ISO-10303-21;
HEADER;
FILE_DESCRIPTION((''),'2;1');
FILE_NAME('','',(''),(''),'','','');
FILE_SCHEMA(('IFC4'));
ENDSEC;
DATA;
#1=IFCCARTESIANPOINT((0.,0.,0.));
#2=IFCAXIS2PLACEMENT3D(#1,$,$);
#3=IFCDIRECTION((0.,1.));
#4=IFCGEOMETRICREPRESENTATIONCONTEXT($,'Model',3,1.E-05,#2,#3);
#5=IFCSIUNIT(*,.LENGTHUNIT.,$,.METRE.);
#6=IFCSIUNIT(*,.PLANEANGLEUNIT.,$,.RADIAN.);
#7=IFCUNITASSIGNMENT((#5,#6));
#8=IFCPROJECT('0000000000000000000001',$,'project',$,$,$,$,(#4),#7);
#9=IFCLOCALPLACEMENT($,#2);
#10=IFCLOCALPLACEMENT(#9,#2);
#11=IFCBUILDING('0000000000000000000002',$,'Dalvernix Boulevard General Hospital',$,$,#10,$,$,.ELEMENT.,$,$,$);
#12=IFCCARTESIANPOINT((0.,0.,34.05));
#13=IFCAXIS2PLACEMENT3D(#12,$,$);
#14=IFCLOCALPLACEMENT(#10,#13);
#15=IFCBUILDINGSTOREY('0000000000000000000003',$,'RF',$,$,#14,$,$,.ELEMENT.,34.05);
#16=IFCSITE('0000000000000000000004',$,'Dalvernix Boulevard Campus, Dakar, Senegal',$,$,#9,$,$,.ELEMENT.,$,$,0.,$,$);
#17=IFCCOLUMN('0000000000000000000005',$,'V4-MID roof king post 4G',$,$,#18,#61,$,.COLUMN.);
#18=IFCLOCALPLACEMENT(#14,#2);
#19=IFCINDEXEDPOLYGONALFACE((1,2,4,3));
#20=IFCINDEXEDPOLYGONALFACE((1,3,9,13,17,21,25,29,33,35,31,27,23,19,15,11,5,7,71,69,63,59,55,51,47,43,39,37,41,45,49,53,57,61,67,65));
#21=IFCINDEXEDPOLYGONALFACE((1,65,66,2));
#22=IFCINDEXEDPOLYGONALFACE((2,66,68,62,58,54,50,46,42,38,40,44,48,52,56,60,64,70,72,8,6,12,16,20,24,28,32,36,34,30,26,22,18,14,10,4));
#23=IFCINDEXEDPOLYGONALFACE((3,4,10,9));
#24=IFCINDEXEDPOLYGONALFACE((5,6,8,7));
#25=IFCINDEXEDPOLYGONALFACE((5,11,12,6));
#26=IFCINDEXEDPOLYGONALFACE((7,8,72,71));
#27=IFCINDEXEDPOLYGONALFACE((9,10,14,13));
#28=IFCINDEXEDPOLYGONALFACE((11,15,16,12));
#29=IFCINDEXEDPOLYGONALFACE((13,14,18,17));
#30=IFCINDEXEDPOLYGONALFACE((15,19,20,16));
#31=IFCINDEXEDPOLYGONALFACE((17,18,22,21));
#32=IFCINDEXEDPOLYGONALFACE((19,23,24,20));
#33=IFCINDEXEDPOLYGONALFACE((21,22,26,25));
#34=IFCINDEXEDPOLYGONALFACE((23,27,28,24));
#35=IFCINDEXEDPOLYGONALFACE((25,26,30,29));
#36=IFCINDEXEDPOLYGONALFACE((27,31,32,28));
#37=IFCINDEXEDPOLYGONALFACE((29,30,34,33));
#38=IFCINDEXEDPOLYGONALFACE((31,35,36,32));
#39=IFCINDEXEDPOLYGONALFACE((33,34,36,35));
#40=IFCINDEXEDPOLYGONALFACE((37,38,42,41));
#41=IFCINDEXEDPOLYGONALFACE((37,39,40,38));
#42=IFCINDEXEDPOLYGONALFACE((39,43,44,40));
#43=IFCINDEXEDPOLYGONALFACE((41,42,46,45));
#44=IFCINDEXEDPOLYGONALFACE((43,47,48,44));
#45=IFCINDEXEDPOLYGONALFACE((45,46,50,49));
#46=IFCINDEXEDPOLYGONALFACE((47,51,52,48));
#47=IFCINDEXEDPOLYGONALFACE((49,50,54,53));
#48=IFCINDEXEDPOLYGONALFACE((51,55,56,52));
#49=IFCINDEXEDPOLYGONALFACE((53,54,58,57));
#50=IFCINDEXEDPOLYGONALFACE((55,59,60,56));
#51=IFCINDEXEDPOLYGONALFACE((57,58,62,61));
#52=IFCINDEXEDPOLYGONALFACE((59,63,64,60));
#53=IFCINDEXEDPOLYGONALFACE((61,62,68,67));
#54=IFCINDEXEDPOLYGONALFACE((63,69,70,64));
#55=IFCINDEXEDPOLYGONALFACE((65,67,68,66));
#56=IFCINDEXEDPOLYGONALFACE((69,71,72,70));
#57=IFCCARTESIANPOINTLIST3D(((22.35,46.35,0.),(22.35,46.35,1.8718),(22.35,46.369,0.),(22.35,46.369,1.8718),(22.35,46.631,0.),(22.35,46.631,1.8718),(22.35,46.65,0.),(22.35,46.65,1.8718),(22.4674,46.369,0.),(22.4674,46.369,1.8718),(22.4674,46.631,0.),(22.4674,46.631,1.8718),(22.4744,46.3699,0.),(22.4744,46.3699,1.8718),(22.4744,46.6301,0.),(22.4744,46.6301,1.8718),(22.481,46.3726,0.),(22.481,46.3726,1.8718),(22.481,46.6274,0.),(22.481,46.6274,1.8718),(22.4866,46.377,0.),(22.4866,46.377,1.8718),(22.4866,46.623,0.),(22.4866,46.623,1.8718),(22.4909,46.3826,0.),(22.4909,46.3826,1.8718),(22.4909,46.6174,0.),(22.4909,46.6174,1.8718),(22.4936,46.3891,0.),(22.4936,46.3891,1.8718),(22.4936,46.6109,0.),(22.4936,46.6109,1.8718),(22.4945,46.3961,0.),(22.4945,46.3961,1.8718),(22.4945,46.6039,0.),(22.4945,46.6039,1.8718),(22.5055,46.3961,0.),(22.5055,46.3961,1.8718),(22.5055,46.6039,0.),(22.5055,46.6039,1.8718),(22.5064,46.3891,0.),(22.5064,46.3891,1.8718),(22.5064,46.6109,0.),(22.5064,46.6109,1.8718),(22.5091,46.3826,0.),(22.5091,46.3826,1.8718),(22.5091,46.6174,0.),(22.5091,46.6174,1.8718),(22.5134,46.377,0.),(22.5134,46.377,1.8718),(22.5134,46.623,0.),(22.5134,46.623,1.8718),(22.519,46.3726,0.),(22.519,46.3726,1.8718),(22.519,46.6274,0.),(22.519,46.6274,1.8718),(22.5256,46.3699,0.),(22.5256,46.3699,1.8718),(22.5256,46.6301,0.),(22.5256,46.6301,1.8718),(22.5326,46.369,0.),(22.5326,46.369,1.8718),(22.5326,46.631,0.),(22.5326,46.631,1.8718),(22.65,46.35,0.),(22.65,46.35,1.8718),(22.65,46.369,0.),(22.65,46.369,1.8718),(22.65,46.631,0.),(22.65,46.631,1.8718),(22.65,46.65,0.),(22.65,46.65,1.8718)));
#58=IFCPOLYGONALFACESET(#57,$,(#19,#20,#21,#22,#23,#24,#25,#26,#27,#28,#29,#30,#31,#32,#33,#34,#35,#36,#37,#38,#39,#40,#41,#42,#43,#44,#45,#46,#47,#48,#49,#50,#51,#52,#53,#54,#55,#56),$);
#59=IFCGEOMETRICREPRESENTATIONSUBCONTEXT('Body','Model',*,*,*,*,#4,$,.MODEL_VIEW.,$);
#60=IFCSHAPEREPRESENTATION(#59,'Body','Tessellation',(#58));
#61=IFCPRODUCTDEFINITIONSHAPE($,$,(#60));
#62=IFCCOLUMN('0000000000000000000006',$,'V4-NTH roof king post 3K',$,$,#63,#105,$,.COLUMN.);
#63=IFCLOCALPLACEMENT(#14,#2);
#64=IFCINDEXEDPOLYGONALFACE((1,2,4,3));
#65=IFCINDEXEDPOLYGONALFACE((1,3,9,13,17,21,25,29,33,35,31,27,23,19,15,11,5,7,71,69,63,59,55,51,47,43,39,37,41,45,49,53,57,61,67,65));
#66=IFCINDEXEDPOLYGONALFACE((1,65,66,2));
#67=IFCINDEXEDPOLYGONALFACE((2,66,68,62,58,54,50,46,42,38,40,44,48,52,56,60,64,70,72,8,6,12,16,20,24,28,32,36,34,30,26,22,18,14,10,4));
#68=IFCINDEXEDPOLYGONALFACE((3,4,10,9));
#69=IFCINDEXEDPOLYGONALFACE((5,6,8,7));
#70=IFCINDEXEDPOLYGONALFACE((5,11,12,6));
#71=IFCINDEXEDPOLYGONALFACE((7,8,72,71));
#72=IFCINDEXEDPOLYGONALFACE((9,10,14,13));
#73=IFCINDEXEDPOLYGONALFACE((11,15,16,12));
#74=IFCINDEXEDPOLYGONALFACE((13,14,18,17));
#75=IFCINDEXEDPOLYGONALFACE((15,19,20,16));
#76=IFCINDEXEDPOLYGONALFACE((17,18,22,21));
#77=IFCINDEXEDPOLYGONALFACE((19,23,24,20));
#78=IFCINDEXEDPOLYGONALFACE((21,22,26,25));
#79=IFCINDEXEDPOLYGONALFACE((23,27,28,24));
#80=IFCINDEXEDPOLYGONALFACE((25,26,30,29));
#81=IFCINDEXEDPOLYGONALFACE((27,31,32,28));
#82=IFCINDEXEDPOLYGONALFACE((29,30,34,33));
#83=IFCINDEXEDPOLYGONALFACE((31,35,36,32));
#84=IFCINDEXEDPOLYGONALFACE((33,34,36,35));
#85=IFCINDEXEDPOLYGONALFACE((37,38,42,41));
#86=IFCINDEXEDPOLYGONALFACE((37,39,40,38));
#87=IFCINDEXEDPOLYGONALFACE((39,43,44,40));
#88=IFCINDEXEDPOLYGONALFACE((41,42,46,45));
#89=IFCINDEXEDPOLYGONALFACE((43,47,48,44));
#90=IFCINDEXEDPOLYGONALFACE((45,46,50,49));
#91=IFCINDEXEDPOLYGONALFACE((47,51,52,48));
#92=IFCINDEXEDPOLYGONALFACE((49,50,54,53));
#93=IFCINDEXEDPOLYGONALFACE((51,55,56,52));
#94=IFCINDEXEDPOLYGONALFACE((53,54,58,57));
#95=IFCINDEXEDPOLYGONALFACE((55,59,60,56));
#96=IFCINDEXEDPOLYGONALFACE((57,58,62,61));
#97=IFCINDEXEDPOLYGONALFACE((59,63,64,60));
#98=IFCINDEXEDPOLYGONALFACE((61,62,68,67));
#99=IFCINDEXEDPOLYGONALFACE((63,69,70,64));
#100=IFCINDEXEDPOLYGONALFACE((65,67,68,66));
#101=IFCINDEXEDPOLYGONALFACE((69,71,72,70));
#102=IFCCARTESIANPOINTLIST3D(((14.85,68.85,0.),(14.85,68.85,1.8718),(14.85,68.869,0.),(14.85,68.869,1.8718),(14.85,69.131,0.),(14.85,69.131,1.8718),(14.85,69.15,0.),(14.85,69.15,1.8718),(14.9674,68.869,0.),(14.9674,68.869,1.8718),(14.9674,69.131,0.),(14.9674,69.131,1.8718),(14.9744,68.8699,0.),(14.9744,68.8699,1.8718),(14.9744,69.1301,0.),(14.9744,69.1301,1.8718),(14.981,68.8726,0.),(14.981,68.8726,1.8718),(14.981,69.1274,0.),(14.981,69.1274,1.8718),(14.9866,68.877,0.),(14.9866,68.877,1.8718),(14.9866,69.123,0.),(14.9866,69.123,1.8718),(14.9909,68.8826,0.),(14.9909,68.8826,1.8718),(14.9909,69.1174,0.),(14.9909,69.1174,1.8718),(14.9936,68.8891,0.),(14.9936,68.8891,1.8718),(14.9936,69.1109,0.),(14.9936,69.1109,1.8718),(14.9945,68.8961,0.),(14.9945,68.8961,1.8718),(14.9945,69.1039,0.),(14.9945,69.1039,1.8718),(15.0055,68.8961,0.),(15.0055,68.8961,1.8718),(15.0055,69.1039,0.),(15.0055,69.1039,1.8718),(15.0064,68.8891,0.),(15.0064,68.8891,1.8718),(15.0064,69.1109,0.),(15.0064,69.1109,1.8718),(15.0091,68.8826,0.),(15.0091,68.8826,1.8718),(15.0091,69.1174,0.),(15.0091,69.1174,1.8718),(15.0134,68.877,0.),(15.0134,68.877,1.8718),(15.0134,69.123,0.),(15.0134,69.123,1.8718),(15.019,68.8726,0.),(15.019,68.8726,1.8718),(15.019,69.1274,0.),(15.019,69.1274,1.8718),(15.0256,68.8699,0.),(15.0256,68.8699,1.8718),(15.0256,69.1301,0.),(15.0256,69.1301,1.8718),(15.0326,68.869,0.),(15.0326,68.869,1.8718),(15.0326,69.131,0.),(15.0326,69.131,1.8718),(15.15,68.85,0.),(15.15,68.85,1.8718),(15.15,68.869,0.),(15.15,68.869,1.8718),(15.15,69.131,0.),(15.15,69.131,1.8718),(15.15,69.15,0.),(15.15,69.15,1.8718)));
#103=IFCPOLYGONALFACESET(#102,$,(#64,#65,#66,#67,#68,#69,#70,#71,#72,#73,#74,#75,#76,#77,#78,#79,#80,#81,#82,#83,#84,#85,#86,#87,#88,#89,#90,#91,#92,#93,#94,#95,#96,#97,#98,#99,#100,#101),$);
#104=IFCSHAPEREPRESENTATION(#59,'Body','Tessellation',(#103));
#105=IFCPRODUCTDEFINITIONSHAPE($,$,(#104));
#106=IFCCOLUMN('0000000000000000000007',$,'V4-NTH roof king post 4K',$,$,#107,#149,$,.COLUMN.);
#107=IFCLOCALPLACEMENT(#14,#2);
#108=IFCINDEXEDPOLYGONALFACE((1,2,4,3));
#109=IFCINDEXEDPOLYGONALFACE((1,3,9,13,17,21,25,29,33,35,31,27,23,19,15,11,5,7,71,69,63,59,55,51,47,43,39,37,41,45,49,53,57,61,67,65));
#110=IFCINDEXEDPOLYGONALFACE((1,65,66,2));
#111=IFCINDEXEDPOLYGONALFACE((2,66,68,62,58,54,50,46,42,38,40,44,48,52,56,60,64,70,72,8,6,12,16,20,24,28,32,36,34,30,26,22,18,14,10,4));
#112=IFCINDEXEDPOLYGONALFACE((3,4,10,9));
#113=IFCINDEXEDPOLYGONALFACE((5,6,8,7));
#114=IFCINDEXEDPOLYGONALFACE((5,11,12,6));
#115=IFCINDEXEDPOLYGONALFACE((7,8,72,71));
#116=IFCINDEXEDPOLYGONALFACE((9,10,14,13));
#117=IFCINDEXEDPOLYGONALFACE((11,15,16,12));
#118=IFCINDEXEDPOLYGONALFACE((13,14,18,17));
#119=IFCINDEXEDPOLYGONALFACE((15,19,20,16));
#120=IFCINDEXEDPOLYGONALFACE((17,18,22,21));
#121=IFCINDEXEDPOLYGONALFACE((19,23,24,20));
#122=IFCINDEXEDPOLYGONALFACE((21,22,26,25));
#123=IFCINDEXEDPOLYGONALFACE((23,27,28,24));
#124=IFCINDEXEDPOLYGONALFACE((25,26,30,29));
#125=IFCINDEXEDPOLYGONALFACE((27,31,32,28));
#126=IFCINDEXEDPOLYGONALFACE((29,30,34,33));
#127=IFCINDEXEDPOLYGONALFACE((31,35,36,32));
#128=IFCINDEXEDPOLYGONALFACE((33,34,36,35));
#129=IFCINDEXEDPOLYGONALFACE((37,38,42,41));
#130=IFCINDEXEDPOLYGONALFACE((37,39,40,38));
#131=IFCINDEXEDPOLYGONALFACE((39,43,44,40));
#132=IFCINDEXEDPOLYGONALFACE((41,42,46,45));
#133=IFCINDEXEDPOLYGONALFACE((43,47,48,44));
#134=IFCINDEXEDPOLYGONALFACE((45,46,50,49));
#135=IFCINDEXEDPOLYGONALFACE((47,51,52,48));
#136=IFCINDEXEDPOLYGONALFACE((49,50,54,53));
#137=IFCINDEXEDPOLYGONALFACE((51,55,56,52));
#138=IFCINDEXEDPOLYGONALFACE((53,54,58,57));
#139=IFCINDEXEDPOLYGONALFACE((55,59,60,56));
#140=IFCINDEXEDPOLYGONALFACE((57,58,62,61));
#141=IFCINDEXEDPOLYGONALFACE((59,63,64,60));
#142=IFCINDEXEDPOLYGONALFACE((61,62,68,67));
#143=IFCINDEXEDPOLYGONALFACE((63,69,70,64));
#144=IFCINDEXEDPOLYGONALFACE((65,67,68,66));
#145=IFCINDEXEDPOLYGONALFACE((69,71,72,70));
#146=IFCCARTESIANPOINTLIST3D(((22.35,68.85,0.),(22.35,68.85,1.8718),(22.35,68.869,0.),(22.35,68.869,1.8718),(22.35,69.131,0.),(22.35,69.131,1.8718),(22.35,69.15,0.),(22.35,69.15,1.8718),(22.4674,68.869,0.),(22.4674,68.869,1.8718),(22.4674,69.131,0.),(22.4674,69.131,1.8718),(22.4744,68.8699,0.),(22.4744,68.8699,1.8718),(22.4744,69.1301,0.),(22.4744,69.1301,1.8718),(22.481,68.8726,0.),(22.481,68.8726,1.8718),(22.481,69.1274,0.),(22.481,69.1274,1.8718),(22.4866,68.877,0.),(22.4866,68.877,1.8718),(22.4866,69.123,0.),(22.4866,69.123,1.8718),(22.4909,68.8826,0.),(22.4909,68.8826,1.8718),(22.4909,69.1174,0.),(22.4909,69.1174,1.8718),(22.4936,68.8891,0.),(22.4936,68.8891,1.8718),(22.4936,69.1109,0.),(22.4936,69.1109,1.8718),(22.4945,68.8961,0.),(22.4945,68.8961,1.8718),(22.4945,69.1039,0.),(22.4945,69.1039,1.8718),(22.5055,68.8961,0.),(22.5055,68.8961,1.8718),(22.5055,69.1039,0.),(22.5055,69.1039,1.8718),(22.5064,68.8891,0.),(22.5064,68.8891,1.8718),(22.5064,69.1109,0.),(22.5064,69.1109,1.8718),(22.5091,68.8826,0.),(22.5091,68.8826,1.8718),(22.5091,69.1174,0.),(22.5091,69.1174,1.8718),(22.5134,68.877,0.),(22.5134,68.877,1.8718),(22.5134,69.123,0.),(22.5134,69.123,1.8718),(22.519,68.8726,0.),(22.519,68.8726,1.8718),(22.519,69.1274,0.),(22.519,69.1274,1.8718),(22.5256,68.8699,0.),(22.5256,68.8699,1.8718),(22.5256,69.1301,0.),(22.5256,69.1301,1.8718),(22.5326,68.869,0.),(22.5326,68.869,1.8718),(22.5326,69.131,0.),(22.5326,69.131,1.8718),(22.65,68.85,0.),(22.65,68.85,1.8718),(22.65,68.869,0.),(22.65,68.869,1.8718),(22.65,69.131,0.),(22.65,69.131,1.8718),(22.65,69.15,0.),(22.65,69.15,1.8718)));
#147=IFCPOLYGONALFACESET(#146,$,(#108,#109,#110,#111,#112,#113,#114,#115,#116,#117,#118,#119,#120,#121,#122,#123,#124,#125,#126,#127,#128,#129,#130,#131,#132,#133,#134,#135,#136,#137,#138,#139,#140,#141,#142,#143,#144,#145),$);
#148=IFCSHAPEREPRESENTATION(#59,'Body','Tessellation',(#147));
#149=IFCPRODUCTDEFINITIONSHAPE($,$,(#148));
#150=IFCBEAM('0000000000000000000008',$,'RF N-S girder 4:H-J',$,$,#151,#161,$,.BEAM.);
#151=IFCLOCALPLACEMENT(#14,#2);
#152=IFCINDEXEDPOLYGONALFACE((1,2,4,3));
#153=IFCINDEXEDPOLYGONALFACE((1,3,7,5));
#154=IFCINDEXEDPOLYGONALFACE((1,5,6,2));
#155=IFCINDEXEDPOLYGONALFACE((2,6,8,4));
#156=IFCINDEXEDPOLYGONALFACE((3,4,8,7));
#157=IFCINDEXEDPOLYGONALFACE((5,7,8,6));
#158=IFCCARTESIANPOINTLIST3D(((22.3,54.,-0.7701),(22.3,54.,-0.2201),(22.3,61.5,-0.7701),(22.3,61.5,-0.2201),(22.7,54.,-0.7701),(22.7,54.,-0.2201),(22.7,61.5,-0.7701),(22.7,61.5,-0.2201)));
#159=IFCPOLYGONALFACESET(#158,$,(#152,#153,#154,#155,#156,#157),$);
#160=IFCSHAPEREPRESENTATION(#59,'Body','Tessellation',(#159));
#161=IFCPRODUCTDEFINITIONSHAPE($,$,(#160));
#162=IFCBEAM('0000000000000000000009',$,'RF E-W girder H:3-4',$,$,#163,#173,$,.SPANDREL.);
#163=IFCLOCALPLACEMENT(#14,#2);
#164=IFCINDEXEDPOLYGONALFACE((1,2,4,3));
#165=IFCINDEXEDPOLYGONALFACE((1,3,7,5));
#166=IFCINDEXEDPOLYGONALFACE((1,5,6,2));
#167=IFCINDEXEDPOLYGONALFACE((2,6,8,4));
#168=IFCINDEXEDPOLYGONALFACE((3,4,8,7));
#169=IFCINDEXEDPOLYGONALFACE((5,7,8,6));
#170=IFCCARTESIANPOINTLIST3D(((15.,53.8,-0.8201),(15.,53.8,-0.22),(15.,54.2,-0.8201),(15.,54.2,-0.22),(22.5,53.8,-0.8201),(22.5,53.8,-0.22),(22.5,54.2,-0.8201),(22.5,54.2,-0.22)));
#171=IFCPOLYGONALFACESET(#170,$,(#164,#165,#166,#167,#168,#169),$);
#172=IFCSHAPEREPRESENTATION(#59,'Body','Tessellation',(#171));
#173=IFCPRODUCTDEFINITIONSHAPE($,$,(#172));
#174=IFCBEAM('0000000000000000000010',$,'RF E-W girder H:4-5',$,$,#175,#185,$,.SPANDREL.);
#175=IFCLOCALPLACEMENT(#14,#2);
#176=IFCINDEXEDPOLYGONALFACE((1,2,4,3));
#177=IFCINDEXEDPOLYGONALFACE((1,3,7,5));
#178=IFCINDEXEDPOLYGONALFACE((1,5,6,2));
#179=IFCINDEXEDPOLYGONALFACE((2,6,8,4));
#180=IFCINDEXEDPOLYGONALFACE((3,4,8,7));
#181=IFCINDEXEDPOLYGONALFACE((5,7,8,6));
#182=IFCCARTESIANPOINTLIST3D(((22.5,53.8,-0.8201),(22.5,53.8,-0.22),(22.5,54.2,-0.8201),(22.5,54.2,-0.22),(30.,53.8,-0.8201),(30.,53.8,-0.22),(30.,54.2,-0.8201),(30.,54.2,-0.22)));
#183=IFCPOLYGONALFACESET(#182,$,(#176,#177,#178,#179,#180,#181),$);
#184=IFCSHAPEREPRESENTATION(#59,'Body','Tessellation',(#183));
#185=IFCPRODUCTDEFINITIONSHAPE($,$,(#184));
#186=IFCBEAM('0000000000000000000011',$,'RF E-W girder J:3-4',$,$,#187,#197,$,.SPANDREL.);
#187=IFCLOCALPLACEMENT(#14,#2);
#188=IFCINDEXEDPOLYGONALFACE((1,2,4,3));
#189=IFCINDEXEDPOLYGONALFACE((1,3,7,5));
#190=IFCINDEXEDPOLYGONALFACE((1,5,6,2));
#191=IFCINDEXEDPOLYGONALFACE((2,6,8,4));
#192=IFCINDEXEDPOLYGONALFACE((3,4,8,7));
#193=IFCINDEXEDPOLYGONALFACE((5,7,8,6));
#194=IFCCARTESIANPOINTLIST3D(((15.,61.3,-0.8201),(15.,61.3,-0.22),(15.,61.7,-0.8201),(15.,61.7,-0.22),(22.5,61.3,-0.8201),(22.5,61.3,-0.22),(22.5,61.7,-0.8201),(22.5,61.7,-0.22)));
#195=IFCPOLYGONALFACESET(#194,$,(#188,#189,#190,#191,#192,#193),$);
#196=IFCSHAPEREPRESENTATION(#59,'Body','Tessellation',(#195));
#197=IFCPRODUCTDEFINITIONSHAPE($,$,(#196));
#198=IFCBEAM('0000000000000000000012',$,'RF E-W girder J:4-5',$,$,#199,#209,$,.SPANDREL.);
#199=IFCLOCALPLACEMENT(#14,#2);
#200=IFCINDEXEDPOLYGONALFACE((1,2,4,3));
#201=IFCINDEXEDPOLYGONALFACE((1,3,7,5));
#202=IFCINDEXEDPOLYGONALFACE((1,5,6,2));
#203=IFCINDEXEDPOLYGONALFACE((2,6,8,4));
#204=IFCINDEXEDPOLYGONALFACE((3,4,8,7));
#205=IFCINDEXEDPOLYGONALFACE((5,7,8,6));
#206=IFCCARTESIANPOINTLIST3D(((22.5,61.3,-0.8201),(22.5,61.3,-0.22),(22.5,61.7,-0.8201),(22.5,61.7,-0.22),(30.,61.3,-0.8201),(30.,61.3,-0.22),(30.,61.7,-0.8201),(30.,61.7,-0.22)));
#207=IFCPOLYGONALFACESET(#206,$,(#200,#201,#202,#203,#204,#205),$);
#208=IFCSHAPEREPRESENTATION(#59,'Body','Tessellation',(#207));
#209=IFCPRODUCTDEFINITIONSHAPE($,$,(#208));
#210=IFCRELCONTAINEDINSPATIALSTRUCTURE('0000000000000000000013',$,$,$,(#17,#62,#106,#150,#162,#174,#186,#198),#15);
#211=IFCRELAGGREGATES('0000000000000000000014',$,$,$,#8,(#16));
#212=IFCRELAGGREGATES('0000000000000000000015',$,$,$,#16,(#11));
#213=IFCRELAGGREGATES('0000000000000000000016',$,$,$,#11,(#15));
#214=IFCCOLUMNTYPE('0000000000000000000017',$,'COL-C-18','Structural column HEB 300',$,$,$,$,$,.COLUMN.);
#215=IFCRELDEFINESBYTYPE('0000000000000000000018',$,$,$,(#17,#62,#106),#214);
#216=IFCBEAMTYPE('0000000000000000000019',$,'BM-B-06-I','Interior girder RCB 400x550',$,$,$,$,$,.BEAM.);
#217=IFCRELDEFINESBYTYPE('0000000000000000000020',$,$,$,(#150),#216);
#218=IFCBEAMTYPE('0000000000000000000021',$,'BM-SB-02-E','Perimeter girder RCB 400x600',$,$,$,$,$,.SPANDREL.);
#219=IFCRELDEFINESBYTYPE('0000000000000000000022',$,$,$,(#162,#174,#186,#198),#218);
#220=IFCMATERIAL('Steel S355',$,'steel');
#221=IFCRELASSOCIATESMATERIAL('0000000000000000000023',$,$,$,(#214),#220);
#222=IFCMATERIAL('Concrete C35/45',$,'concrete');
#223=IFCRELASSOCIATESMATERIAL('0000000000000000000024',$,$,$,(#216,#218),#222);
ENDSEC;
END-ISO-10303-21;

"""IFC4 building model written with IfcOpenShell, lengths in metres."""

from ifc_helpers import new_model, si_unit, direction, frame, origin, origin_2d, place, context, subcontext, project, spatial, rectangle, i_section, extrude, material, material_profile, profile_set, type_object, element, save


model = new_model("IFC4")

# Units and contexts
model_context = context("Model", 3, precision=1e-05, world=origin(), true_north=direction((0.0, 1.0)))
body_context = subcontext(model_context, "Body", "Model", "MODEL_VIEW")
ifc_project = project(units=[si_unit("LENGTHUNIT", "METRE"), si_unit("PLANEANGLEUNIT", "RADIAN")], contexts=[model_context])

# Site, building, storey
site_placement = place(None, origin())
site = spatial("IfcSite", under=ifc_project, at=site_placement, Name="Dalvernix Boulevard Campus, Dakar, Senegal", CompositionType="ELEMENT", RefElevation=0.0)
building_placement = place(site_placement, origin())
building = spatial("IfcBuilding", under=site, at=building_placement, Name="Dalvernix Boulevard General Hospital", CompositionType="ELEMENT")
storey_placement = place(building_placement, frame((0.0, 0.0, 34.05)))
storey = spatial("IfcBuildingStorey", under=building, at=storey_placement, Name="RF", CompositionType="ELEMENT", Elevation=34.05)

# Columns
ifc_material_1 = material(Name="Steel S355", Category="steel")
ifc_material_profile_1 = material_profile(ifc_material_1, i_section(OverallWidth=0.3, OverallDepth=0.3, WebThickness=0.011, FlangeThickness=0.019, FilletRadius=0.0271, at=origin_2d()), Name="HEB 300")
ifc_profile_set_1 = profile_set([ifc_material_profile_1], Name="Steel S355")
column_type = type_object("IfcColumnType", Name="COL-C-18", Description="Structural column HEB 300", PredefinedType="COLUMN", material=ifc_profile_set_1)
for number, where, z_axis, x_axis, name in (
    (1, (22.5, 46.5, 0.0), (0.0, 0.0, 1.0), (1.0, 0.0, 0.0), "V4-MID roof king post 4G"),
    (2, (15.0, 69.0, 0.0), (0.0, 0.0, 1.0), (1.0, 0.0, 0.0), "V4-NTH roof king post 3K"),
    (3, (22.5, 69.0, 0.0), (0.0, 0.0, 1.0), (1.0, 0.0, 0.0), "V4-NTH roof king post 4K"),
):
    element("IfcColumn", number, at=place(storey_placement, frame(where, z_axis=z_axis, x_axis=x_axis)), inside=storey, type_object=column_type, Name=name, PredefinedType="COLUMN", context=body_context, shape_type="SweptSolid", body=[
        extrude(i_section(OverallWidth=0.3, OverallDepth=0.3, WebThickness=0.011, FlangeThickness=0.019, FilletRadius=0.0271, at=origin_2d()), origin(), (0.0, 0.0, 1.0), 1.8718),
    ])

# Beams
ifc_material_2 = material(Name="Concrete C35/45", Category="concrete")
ifc_material_profile_2 = material_profile(ifc_material_2, rectangle(XDim=0.3999, YDim=0.55, at=origin_2d()), Name="RCB 400x550")
ifc_profile_set_2 = profile_set([ifc_material_profile_2], Name="Concrete C35/45")
beam_type_1 = type_object("IfcBeamType", Name="BM-B-06-I", Description="Interior girder RCB 400x550", PredefinedType="BEAM", material=ifc_profile_set_2)
beam_placement = place(storey_placement, frame((22.5, 54.0, -0.4951), z_axis=(0.0, 1.0, 0.0), x_axis=(-1.0, 0.0, 0.0)))
element("IfcBeam", 4, at=beam_placement, inside=storey, type_object=beam_type_1, Name="RF N-S girder 4:H-J", PredefinedType="BEAM", context=body_context, shape_type="SweptSolid", body=[
    extrude(rectangle(XDim=0.3999, YDim=0.55, at=origin_2d()), origin(), (0.0, 0.0, 1.0), 7.5),
])
ifc_material_profile_3 = material_profile(ifc_material_2, rectangle(XDim=0.3999, YDim=0.6001, at=origin_2d()), Name="RCB 400x600")
ifc_profile_set_3 = profile_set([ifc_material_profile_3], Name="Concrete C35/45")
beam_type_2 = type_object("IfcBeamType", Name="BM-SB-02-E", Description="Perimeter girder RCB 400x600", PredefinedType="SPANDREL", material=ifc_profile_set_3)
for number, where, z_axis, x_axis, name in (
    (5, (15.0, 54.0, -0.52), (1.0, 0.0, 0.0), (0.0, 1.0, 0.0), "RF E-W girder H:3-4"),
    (6, (22.5, 54.0, -0.52), (1.0, 0.0, 0.0), (0.0, 1.0, 0.0), "RF E-W girder H:4-5"),
    (7, (15.0, 61.5, -0.52), (1.0, 0.0, 0.0), (0.0, 1.0, 0.0), "RF E-W girder J:3-4"),
    (8, (22.5, 61.5, -0.52), (1.0, 0.0, 0.0), (0.0, 1.0, 0.0), "RF E-W girder J:4-5"),
):
    element("IfcBeam", number, at=place(storey_placement, frame(where, z_axis=z_axis, x_axis=x_axis)), inside=storey, type_object=beam_type_2, Name=name, PredefinedType="SPANDREL", context=body_context, shape_type="SweptSolid", body=[
        extrude(rectangle(XDim=0.3999, YDim=0.6001, at=origin_2d()), origin(), (0.0, 0.0, 1.0), 7.5),
    ])

save(model, "model.ifc")
